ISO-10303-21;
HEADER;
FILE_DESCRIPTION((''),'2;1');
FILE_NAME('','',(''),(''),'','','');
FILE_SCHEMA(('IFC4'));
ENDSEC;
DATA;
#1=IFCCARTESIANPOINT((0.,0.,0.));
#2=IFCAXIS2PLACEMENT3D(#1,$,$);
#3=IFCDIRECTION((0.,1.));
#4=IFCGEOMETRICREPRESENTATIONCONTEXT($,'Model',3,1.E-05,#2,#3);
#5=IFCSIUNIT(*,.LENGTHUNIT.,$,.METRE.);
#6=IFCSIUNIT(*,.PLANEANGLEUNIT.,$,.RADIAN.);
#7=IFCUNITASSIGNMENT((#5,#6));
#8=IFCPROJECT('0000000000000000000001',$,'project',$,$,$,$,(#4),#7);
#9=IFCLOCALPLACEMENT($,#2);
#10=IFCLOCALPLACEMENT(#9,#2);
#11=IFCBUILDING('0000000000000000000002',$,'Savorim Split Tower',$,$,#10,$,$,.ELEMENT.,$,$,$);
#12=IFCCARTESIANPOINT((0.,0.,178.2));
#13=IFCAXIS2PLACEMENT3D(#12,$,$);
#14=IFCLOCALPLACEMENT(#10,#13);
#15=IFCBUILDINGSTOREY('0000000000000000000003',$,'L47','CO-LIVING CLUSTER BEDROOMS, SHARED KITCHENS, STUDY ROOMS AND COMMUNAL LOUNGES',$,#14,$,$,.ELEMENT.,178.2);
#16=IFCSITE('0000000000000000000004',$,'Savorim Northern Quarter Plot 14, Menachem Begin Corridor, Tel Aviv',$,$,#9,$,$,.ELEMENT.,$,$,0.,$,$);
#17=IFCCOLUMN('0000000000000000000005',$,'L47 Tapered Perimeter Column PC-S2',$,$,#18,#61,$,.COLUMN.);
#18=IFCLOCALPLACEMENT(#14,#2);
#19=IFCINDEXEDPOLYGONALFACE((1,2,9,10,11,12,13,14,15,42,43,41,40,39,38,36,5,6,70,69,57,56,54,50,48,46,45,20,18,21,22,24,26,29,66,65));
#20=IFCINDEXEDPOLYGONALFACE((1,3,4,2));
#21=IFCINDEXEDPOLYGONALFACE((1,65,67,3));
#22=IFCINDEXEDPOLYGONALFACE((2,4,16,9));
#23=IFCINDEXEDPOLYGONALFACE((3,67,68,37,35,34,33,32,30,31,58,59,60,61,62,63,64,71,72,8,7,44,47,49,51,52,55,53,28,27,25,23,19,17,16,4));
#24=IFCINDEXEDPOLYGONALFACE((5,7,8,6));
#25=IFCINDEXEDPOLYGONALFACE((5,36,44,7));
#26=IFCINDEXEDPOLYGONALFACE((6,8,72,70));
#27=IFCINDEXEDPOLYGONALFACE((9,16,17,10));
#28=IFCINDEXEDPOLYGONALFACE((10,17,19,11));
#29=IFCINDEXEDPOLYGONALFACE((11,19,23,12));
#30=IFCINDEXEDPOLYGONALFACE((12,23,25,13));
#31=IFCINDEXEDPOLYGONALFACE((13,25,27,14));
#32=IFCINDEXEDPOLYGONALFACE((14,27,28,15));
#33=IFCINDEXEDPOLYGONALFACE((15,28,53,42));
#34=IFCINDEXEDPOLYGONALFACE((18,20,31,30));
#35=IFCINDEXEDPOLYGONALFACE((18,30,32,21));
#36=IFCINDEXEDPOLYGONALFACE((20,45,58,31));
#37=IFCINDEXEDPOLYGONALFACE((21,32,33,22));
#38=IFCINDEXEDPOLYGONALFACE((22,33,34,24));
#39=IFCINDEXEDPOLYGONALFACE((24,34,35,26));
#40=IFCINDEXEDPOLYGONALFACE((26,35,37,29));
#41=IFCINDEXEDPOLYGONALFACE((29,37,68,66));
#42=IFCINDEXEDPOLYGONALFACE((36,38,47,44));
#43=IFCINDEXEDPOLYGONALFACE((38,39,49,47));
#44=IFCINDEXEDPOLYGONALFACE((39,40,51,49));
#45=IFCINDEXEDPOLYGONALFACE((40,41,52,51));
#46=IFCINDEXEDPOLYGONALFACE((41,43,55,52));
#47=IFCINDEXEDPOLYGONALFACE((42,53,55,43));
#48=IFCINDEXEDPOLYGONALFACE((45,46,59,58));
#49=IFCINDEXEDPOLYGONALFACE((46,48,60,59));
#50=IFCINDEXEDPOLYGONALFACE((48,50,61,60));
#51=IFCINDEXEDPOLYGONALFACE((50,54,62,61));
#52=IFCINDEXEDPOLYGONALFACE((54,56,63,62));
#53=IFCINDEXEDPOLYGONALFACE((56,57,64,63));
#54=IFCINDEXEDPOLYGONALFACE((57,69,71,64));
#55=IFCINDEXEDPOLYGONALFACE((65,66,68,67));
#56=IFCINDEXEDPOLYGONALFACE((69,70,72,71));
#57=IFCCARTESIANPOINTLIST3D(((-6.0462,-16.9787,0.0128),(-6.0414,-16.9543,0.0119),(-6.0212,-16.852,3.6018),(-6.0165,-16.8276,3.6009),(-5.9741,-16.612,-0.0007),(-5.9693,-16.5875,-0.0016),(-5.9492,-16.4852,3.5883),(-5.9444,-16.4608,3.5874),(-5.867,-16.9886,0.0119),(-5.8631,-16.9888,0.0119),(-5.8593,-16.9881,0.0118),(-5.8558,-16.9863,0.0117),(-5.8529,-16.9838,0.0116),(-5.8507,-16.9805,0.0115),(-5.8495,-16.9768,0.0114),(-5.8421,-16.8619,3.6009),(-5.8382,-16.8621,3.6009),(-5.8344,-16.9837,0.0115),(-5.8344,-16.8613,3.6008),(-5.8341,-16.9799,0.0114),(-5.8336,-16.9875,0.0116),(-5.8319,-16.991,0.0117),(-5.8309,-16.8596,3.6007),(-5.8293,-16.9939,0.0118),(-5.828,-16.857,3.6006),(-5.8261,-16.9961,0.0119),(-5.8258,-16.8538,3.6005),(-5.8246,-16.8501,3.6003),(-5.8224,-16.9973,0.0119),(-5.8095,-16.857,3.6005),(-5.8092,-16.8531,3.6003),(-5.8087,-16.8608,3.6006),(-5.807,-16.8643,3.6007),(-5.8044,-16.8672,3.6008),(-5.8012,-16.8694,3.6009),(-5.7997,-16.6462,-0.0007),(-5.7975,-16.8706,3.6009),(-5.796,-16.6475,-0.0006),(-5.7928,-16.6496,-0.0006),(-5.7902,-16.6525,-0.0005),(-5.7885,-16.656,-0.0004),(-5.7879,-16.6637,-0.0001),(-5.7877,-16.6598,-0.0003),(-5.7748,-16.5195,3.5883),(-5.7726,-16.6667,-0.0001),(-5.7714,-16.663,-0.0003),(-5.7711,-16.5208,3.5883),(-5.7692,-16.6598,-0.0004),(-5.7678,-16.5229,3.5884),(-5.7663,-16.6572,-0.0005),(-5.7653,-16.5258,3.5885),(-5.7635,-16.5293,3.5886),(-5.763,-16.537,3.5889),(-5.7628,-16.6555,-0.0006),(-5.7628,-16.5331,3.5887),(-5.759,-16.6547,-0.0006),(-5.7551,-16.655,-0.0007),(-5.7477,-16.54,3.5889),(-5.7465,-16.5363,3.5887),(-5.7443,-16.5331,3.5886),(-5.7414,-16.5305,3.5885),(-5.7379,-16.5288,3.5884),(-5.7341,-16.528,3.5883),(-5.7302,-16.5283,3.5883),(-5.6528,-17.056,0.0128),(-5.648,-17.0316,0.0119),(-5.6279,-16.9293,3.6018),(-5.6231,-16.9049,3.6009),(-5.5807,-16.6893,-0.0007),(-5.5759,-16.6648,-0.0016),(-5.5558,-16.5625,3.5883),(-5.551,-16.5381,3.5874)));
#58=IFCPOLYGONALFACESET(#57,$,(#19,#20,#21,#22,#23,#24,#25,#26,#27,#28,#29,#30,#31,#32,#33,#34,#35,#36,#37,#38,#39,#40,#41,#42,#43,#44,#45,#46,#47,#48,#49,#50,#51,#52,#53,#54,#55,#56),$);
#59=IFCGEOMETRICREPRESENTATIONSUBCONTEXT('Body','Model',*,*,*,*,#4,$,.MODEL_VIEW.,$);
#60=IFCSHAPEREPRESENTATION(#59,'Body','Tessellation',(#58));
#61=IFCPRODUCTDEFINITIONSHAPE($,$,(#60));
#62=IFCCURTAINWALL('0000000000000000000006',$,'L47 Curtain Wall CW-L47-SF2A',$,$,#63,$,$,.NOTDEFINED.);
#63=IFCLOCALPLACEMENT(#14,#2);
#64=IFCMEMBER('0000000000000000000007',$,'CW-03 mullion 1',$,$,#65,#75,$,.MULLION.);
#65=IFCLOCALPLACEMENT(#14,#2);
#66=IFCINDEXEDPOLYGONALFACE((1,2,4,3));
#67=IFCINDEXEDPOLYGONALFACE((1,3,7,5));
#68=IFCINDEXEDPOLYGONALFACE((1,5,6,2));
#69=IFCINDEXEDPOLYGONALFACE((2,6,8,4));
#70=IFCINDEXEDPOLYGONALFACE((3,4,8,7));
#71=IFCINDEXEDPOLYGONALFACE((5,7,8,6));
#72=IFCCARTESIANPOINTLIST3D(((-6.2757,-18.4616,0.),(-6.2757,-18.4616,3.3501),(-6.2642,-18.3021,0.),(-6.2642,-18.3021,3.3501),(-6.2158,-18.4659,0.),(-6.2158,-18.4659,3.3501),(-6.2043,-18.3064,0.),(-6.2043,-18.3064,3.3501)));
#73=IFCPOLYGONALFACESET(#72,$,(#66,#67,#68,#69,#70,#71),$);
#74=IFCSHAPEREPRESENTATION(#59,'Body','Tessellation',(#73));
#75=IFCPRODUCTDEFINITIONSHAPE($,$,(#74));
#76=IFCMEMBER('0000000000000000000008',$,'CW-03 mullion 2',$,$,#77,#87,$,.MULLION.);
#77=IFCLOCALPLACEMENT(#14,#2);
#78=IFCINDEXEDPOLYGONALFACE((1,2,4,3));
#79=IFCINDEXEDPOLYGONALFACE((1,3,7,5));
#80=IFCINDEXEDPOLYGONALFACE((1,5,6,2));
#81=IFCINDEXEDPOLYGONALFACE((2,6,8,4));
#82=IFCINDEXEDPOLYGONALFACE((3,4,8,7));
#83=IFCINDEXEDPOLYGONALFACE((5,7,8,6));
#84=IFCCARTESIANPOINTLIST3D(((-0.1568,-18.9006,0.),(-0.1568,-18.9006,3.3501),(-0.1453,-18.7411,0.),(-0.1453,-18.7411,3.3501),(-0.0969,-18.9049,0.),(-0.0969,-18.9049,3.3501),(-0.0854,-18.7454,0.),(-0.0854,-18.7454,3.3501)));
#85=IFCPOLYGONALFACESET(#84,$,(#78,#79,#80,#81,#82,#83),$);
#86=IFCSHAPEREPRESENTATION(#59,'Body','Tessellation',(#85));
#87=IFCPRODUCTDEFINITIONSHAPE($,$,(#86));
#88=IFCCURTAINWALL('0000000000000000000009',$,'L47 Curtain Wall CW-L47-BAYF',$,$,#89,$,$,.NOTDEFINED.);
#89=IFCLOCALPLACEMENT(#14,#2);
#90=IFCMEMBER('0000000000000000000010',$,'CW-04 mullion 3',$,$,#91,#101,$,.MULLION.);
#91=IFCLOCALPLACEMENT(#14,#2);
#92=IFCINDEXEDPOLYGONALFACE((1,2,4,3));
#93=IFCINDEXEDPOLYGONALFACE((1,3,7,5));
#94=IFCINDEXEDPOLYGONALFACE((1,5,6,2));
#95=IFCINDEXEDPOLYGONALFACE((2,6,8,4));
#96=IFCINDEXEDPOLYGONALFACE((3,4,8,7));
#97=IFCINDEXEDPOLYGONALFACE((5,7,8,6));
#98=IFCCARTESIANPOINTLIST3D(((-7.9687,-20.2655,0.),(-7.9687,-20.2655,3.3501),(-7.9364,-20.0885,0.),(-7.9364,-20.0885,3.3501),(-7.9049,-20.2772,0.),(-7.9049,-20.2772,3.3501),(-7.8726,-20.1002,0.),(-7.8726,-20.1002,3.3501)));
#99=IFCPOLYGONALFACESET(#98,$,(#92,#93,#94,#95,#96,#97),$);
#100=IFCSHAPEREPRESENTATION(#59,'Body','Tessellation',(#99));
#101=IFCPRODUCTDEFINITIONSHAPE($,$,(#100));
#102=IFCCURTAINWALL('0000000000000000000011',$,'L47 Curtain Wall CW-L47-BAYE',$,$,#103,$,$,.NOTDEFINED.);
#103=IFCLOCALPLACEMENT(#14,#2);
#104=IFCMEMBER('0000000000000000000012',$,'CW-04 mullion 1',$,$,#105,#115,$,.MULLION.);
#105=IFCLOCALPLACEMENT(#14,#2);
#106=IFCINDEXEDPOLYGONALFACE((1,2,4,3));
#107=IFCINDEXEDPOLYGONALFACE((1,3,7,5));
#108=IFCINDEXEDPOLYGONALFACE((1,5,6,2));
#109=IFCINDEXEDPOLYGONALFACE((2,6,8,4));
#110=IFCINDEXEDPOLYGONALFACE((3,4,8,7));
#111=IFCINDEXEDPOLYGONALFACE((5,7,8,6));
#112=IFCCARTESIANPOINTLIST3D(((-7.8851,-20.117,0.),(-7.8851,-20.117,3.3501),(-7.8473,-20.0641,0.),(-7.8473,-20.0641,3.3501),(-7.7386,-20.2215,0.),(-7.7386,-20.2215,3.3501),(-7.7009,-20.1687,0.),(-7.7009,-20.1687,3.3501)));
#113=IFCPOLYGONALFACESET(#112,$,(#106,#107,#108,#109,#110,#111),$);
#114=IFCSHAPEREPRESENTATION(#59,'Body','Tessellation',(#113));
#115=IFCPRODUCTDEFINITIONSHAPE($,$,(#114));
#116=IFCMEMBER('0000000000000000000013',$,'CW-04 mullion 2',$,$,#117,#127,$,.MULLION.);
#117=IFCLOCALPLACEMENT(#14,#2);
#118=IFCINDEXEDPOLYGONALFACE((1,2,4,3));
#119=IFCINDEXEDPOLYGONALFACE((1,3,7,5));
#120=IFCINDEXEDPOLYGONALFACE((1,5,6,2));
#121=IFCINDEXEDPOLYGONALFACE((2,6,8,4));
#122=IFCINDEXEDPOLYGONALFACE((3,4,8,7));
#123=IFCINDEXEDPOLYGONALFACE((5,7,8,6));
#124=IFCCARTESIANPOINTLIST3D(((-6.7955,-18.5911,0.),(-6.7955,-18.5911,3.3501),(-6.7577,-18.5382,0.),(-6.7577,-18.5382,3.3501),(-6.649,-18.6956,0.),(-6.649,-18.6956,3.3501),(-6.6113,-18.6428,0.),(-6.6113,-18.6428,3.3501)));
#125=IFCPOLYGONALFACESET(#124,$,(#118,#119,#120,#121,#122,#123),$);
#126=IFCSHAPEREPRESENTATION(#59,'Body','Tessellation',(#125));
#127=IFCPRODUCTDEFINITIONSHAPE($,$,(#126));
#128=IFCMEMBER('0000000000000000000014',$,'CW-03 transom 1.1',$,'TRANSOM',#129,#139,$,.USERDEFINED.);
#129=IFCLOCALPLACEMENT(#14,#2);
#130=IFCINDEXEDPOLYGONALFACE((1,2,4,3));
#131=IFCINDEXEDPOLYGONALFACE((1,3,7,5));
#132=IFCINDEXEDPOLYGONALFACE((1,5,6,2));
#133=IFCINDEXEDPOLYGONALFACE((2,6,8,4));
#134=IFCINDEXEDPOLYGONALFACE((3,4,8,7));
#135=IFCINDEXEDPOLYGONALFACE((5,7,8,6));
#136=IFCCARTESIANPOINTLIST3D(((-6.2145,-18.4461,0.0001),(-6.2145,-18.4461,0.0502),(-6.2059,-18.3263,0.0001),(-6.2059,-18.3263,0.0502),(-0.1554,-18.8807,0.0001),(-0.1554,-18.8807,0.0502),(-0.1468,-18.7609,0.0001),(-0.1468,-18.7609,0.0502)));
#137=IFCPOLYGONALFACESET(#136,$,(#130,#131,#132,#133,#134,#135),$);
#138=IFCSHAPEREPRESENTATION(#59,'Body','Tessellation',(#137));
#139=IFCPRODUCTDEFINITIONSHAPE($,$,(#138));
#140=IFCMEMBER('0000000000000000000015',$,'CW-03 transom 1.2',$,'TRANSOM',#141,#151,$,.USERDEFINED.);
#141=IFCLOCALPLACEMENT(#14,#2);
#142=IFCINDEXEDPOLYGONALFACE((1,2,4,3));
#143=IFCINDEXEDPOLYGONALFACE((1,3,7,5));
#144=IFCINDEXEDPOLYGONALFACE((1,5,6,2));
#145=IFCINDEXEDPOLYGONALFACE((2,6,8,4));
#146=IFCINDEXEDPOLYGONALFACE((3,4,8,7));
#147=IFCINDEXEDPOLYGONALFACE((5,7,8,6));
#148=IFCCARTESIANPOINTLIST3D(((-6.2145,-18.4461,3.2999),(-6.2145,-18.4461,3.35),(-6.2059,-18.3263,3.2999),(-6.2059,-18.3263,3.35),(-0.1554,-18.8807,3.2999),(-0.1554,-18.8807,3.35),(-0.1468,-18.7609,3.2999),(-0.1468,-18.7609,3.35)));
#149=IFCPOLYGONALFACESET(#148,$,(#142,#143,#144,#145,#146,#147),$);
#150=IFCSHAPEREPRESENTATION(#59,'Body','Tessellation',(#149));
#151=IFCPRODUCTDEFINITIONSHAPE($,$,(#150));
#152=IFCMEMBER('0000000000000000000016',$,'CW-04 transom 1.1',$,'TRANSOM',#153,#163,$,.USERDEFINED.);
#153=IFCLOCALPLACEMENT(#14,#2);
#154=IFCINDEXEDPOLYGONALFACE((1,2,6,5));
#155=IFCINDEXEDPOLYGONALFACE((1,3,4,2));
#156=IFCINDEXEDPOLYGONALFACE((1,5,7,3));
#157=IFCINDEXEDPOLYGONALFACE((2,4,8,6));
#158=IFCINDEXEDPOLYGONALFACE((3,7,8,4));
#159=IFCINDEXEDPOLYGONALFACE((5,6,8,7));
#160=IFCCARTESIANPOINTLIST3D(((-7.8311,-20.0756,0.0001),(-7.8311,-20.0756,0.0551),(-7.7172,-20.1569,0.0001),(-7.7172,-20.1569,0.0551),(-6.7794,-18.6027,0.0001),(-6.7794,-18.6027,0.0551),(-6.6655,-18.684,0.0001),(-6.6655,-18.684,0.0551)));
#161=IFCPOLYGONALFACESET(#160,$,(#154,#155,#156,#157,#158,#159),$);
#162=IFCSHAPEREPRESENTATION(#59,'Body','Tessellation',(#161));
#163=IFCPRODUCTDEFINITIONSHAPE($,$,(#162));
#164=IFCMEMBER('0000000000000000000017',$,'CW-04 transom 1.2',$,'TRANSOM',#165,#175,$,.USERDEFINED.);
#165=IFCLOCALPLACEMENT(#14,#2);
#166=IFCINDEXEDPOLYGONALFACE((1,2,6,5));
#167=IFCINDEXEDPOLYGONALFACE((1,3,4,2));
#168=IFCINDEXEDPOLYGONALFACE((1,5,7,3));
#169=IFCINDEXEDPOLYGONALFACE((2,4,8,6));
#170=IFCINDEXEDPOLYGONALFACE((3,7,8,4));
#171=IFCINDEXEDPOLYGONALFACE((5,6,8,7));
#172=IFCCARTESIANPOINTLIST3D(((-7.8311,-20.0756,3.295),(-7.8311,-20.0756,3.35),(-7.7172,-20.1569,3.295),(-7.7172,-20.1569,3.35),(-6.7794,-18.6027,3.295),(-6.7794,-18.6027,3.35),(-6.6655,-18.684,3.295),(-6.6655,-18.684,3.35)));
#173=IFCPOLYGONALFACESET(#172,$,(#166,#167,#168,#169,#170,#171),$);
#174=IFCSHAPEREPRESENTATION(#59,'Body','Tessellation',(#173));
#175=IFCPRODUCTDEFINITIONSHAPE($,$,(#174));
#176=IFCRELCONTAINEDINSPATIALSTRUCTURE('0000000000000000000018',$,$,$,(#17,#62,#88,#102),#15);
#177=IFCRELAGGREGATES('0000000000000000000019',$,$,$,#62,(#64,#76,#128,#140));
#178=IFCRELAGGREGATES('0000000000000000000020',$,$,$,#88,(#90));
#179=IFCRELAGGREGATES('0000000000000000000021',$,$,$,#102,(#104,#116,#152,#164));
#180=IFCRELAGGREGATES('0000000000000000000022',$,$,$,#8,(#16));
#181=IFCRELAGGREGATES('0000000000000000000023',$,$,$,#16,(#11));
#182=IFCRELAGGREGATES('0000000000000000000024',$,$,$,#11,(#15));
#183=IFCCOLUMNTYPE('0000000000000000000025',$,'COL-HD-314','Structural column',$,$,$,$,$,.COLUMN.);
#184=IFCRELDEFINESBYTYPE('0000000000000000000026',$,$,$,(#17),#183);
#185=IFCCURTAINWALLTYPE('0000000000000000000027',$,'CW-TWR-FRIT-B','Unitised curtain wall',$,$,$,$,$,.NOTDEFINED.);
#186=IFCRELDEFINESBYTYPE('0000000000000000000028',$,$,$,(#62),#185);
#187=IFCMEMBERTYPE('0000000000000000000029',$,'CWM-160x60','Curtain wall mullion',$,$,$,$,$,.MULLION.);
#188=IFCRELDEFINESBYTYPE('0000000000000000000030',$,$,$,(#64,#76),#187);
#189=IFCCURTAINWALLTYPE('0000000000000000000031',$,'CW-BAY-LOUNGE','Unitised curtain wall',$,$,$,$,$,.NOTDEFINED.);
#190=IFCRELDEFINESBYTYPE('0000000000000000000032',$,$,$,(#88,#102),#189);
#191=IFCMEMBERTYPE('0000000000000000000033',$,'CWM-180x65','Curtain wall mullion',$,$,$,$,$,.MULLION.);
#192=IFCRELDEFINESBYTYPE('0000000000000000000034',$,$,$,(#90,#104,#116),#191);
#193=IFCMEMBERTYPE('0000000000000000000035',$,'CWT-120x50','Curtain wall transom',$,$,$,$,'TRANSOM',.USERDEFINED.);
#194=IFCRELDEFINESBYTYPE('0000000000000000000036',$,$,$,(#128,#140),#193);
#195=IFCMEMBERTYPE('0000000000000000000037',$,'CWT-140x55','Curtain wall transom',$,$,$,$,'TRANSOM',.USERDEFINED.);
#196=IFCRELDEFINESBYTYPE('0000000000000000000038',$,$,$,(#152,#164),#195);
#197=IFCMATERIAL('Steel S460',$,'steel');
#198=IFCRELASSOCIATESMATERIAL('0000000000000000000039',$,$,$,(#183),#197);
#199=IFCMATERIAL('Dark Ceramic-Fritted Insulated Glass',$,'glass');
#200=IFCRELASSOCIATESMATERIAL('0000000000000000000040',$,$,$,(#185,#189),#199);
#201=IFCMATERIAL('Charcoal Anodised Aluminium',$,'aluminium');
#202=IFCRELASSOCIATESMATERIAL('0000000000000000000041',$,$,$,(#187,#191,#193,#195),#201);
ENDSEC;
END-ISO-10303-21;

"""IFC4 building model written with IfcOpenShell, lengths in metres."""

from ifc_helpers import new_model, si_unit, direction, frame, origin, origin_2d, place, context, subcontext, project, spatial, rectangle, i_section, extrude, material, material_profile, profile_set, type_object, element, aggregate, save


model = new_model("IFC4")

# Units and contexts
model_context = context("Model", 3, precision=1e-05, world=origin(), true_north=direction((0.0, 1.0)))
body_context = subcontext(model_context, "Body", "Model", "MODEL_VIEW")
ifc_project = project(units=[si_unit("LENGTHUNIT", "METRE"), si_unit("PLANEANGLEUNIT", "RADIAN")], contexts=[model_context])

# Site, building, storey
site_placement = place(None, origin())
site = spatial("IfcSite", under=ifc_project, at=site_placement, Name="Savorim Northern Quarter Plot 14, Menachem Begin Corridor, Tel Aviv", CompositionType="ELEMENT", RefElevation=0.0)
building_placement = place(site_placement, origin())
building = spatial("IfcBuilding", under=site, at=building_placement, Name="Savorim Split Tower", CompositionType="ELEMENT")
storey_placement = place(building_placement, frame((0.0, 0.0, 178.2)))
storey = spatial("IfcBuildingStorey", under=building, at=storey_placement, Name="L47", Description="CO-LIVING CLUSTER BEDROOMS, SHARED KITCHENS, STUDY ROOMS AND COMMUNAL LOUNGES", CompositionType="ELEMENT", Elevation=178.2)

# Column
ifc_material_1 = material(Name="Steel S460", Category="steel")
ifc_material_profile_1 = material_profile(ifc_material_1, i_section(OverallWidth=0.4009, OverallDepth=0.3989, WebThickness=0.0156, FlangeThickness=0.0249, FilletRadius=0.0149, at=origin_2d()), Name="HD 400x314")
ifc_profile_set_1 = profile_set([ifc_material_profile_1], Name="Steel S460")
column_type = type_object("IfcColumnType", Name="COL-HD-314", Description="Structural column", PredefinedType="COLUMN", material=ifc_profile_set_1)
column_placement = place(storey_placement, frame((-5.811, -16.8218, 0.0056), z_axis=(0.006934, 0.035283, 0.999353), x_axis=(-0.98123, 0.192843, 0.0)))
element("IfcColumn", 1, at=column_placement, inside=storey, type_object=column_type, Name="L47 Tapered Perimeter Column PC-S2", PredefinedType="COLUMN", context=body_context, shape_type="SweptSolid", body=[
    extrude(i_section(OverallWidth=0.4009, OverallDepth=0.3989, WebThickness=0.0156, FlangeThickness=0.0249, FilletRadius=0.0149, at=origin_2d()), origin(), (0.0, 0.0, 1.0), 3.5913),
])

# Curtain wall, members
ifc_material_2 = material(Name="Dark Ceramic-Fritted Insulated Glass", Category="glass")
curtain_wall_type_1 = type_object("IfcCurtainWallType", Name="CW-TWR-FRIT-B", Description="Unitised curtain wall", PredefinedType="NOTDEFINED", material=ifc_material_2)
curtain_wall_1_placement = place(storey_placement, origin())
curtain_wall_1 = element("IfcCurtainWall", 2, at=curtain_wall_1_placement, inside=storey, type_object=curtain_wall_type_1, Name="L47 Curtain Wall CW-L47-SF2A", PredefinedType="NOTDEFINED")
ifc_material_3 = material(Name="Charcoal Anodised Aluminium", Category="aluminium")
ifc_material_profile_2 = material_profile(ifc_material_3, rectangle(XDim=0.1599, YDim=0.0601, at=origin_2d()), Name="ALU-M 160x60")
ifc_profile_set_2 = profile_set([ifc_material_profile_2], Name="Charcoal Anodised Aluminium")
member_type_1 = type_object("IfcMemberType", Name="CWM-160x60", Description="Curtain wall mullion", PredefinedType="MULLION", material=ifc_profile_set_2)
member_1_placement = place(storey_placement, frame((-6.24, -18.384, 0.0), z_axis=(0.0, 0.0, 1.0), x_axis=(0.071561, 0.997436, 0.0)))
member_1 = element("IfcMember", 3, at=member_1_placement, type_object=member_type_1, Name="CW-03 mullion 1", PredefinedType="MULLION", context=body_context, shape_type="SweptSolid", body=[
    extrude(rectangle(XDim=0.1599, YDim=0.0601, at=origin_2d()), origin(), (0.0, 0.0, 1.0), 3.3501),
])
member_2_placement = place(storey_placement, frame((-0.1211, -18.823, 0.0), z_axis=(0.0, 0.0, 1.0), x_axis=(0.071561, 0.997436, 0.0)))
member_2 = element("IfcMember", 4, at=member_2_placement, type_object=member_type_1, Name="CW-03 mullion 2", PredefinedType="MULLION", context=body_context, shape_type="SweptSolid", body=[
    extrude(rectangle(XDim=0.1599, YDim=0.0601, at=origin_2d()), origin(), (0.0, 0.0, 1.0), 3.3501),
])

# Curtain wall, member
curtain_wall_type_2 = type_object("IfcCurtainWallType", Name="CW-BAY-LOUNGE", Description="Unitised curtain wall", PredefinedType="NOTDEFINED", material=ifc_material_2)
curtain_wall_2_placement = place(storey_placement, origin())
curtain_wall_2 = element("IfcCurtainWall", 5, at=curtain_wall_2_placement, inside=storey, type_object=curtain_wall_type_2, Name="L47 Curtain Wall CW-L47-BAYF", PredefinedType="NOTDEFINED")
ifc_material_profile_3 = material_profile(ifc_material_3, rectangle(XDim=0.1799, YDim=0.0649, at=origin_2d()), Name="ALU-M 180x65")
ifc_profile_set_3 = profile_set([ifc_material_profile_3], Name="Charcoal Anodised Aluminium")
member_type_2 = type_object("IfcMemberType", Name="CWM-180x65", Description="Curtain wall mullion", PredefinedType="MULLION", material=ifc_profile_set_3)
member_3_placement = place(storey_placement, frame((-7.9207, -20.1829, 0.0), z_axis=(0.0, 0.0, 1.0), x_axis=(0.179518, 0.983755, 0.0)))
member_3 = element("IfcMember", 6, at=member_3_placement, type_object=member_type_2, Name="CW-04 mullion 3", PredefinedType="MULLION", context=body_context, shape_type="SweptSolid", body=[
    extrude(rectangle(XDim=0.1799, YDim=0.0649, at=origin_2d()), origin(), (0.0, 0.0, 1.0), 3.3501),
])

# Curtain wall, members
curtain_wall_3_placement = place(storey_placement, origin())
curtain_wall_3 = element("IfcCurtainWall", 7, at=curtain_wall_3_placement, inside=storey, type_object=curtain_wall_type_2, Name="L47 Curtain Wall CW-L47-BAYE", PredefinedType="NOTDEFINED")
member_4_placement = place(storey_placement, frame((-7.793, -20.1428, 0.0), z_axis=(0.0, 0.0, 1.0), x_axis=(-0.813834, 0.581097, 0.0)))
member_4 = element("IfcMember", 8, at=member_4_placement, type_object=member_type_2, Name="CW-04 mullion 1", PredefinedType="MULLION", context=body_context, shape_type="SweptSolid", body=[
    extrude(rectangle(XDim=0.1799, YDim=0.0649, at=origin_2d()), origin(), (0.0, 0.0, 1.0), 3.3501),
])
member_5_placement = place(storey_placement, frame((-6.7034, -18.6169, 0.0), z_axis=(0.0, 0.0, 1.0), x_axis=(-0.813834, 0.581097, 0.0)))
member_5 = element("IfcMember", 9, at=member_5_placement, type_object=member_type_2, Name="CW-04 mullion 2", PredefinedType="MULLION", context=body_context, shape_type="SweptSolid", body=[
    extrude(rectangle(XDim=0.1799, YDim=0.0649, at=origin_2d()), origin(), (0.0, 0.0, 1.0), 3.3501),
])

# Members
ifc_material_profile_4 = material_profile(ifc_material_3, rectangle(XDim=0.1201, YDim=0.05, at=origin_2d()), Name="ALU-T 120x50")
ifc_profile_set_4 = profile_set([ifc_material_profile_4], Name="Charcoal Anodised Aluminium")
member_type_3 = type_object("IfcMemberType", Name="CWT-120x50", Description="Curtain wall transom", ElementType="TRANSOM", PredefinedType="USERDEFINED", material=ifc_profile_set_4)
member_6_placement = place(storey_placement, frame((-6.2102, -18.3862, 0.0251), z_axis=(0.997438, -0.071538, 0.0), x_axis=(0.071538, 0.997438, 0.0)))
member_6 = element("IfcMember", 10, at=member_6_placement, type_object=member_type_3, Name="CW-03 transom 1.1", ObjectType="TRANSOM", PredefinedType="USERDEFINED", context=body_context, shape_type="SweptSolid", body=[
    extrude(rectangle(XDim=0.1201, YDim=0.05, at=origin_2d()), origin(), (0.0, 0.0, 1.0), 6.0747),
])
member_7_placement = place(storey_placement, frame((-6.2102, -18.3862, 3.325), z_axis=(0.997438, -0.071538, 0.0), x_axis=(0.071538, 0.997438, 0.0)))
member_7 = element("IfcMember", 11, at=member_7_placement, type_object=member_type_3, Name="CW-03 transom 1.2", ObjectType="TRANSOM", PredefinedType="USERDEFINED", context=body_context, shape_type="SweptSolid", body=[
    extrude(rectangle(XDim=0.1201, YDim=0.05, at=origin_2d()), origin(), (0.0, 0.0, 1.0), 6.0747),
])
ifc_material_profile_5 = material_profile(ifc_material_3, rectangle(XDim=0.1399, YDim=0.0549, at=origin_2d()), Name="ALU-T 140x55")
ifc_profile_set_5 = profile_set([ifc_material_profile_5], Name="Charcoal Anodised Aluminium")
member_type_4 = type_object("IfcMemberType", Name="CWT-140x55", Description="Curtain wall transom", ElementType="TRANSOM", PredefinedType="USERDEFINED", material=ifc_profile_set_5)
member_8_placement = place(storey_placement, frame((-7.7742, -20.1162, 0.0276), z_axis=(0.581123, 0.813815, 0.0), x_axis=(-0.813815, 0.581123, 0.0)))
member_8 = element("IfcMember", 12, at=member_8_placement, type_object=member_type_4, Name="CW-04 transom 1.1", ObjectType="TRANSOM", PredefinedType="USERDEFINED", context=body_context, shape_type="SweptSolid", body=[
    extrude(rectangle(XDim=0.1399, YDim=0.0549, at=origin_2d()), origin(), (0.0, 0.0, 1.0), 1.8098),
])
member_9_placement = place(storey_placement, frame((-7.7742, -20.1162, 3.3225), z_axis=(0.581123, 0.813815, 0.0), x_axis=(-0.813815, 0.581123, 0.0)))
member_9 = element("IfcMember", 13, at=member_9_placement, type_object=member_type_4, Name="CW-04 transom 1.2", ObjectType="TRANSOM", PredefinedType="USERDEFINED", context=body_context, shape_type="SweptSolid", body=[
    extrude(rectangle(XDim=0.1399, YDim=0.0549, at=origin_2d()), origin(), (0.0, 0.0, 1.0), 1.8098),
])

aggregate(curtain_wall_1, [member_1, member_2, member_6, member_7])
aggregate(curtain_wall_2, [member_3])
aggregate(curtain_wall_3, [member_4, member_5, member_8, member_9])

save(model, "model.ifc")
